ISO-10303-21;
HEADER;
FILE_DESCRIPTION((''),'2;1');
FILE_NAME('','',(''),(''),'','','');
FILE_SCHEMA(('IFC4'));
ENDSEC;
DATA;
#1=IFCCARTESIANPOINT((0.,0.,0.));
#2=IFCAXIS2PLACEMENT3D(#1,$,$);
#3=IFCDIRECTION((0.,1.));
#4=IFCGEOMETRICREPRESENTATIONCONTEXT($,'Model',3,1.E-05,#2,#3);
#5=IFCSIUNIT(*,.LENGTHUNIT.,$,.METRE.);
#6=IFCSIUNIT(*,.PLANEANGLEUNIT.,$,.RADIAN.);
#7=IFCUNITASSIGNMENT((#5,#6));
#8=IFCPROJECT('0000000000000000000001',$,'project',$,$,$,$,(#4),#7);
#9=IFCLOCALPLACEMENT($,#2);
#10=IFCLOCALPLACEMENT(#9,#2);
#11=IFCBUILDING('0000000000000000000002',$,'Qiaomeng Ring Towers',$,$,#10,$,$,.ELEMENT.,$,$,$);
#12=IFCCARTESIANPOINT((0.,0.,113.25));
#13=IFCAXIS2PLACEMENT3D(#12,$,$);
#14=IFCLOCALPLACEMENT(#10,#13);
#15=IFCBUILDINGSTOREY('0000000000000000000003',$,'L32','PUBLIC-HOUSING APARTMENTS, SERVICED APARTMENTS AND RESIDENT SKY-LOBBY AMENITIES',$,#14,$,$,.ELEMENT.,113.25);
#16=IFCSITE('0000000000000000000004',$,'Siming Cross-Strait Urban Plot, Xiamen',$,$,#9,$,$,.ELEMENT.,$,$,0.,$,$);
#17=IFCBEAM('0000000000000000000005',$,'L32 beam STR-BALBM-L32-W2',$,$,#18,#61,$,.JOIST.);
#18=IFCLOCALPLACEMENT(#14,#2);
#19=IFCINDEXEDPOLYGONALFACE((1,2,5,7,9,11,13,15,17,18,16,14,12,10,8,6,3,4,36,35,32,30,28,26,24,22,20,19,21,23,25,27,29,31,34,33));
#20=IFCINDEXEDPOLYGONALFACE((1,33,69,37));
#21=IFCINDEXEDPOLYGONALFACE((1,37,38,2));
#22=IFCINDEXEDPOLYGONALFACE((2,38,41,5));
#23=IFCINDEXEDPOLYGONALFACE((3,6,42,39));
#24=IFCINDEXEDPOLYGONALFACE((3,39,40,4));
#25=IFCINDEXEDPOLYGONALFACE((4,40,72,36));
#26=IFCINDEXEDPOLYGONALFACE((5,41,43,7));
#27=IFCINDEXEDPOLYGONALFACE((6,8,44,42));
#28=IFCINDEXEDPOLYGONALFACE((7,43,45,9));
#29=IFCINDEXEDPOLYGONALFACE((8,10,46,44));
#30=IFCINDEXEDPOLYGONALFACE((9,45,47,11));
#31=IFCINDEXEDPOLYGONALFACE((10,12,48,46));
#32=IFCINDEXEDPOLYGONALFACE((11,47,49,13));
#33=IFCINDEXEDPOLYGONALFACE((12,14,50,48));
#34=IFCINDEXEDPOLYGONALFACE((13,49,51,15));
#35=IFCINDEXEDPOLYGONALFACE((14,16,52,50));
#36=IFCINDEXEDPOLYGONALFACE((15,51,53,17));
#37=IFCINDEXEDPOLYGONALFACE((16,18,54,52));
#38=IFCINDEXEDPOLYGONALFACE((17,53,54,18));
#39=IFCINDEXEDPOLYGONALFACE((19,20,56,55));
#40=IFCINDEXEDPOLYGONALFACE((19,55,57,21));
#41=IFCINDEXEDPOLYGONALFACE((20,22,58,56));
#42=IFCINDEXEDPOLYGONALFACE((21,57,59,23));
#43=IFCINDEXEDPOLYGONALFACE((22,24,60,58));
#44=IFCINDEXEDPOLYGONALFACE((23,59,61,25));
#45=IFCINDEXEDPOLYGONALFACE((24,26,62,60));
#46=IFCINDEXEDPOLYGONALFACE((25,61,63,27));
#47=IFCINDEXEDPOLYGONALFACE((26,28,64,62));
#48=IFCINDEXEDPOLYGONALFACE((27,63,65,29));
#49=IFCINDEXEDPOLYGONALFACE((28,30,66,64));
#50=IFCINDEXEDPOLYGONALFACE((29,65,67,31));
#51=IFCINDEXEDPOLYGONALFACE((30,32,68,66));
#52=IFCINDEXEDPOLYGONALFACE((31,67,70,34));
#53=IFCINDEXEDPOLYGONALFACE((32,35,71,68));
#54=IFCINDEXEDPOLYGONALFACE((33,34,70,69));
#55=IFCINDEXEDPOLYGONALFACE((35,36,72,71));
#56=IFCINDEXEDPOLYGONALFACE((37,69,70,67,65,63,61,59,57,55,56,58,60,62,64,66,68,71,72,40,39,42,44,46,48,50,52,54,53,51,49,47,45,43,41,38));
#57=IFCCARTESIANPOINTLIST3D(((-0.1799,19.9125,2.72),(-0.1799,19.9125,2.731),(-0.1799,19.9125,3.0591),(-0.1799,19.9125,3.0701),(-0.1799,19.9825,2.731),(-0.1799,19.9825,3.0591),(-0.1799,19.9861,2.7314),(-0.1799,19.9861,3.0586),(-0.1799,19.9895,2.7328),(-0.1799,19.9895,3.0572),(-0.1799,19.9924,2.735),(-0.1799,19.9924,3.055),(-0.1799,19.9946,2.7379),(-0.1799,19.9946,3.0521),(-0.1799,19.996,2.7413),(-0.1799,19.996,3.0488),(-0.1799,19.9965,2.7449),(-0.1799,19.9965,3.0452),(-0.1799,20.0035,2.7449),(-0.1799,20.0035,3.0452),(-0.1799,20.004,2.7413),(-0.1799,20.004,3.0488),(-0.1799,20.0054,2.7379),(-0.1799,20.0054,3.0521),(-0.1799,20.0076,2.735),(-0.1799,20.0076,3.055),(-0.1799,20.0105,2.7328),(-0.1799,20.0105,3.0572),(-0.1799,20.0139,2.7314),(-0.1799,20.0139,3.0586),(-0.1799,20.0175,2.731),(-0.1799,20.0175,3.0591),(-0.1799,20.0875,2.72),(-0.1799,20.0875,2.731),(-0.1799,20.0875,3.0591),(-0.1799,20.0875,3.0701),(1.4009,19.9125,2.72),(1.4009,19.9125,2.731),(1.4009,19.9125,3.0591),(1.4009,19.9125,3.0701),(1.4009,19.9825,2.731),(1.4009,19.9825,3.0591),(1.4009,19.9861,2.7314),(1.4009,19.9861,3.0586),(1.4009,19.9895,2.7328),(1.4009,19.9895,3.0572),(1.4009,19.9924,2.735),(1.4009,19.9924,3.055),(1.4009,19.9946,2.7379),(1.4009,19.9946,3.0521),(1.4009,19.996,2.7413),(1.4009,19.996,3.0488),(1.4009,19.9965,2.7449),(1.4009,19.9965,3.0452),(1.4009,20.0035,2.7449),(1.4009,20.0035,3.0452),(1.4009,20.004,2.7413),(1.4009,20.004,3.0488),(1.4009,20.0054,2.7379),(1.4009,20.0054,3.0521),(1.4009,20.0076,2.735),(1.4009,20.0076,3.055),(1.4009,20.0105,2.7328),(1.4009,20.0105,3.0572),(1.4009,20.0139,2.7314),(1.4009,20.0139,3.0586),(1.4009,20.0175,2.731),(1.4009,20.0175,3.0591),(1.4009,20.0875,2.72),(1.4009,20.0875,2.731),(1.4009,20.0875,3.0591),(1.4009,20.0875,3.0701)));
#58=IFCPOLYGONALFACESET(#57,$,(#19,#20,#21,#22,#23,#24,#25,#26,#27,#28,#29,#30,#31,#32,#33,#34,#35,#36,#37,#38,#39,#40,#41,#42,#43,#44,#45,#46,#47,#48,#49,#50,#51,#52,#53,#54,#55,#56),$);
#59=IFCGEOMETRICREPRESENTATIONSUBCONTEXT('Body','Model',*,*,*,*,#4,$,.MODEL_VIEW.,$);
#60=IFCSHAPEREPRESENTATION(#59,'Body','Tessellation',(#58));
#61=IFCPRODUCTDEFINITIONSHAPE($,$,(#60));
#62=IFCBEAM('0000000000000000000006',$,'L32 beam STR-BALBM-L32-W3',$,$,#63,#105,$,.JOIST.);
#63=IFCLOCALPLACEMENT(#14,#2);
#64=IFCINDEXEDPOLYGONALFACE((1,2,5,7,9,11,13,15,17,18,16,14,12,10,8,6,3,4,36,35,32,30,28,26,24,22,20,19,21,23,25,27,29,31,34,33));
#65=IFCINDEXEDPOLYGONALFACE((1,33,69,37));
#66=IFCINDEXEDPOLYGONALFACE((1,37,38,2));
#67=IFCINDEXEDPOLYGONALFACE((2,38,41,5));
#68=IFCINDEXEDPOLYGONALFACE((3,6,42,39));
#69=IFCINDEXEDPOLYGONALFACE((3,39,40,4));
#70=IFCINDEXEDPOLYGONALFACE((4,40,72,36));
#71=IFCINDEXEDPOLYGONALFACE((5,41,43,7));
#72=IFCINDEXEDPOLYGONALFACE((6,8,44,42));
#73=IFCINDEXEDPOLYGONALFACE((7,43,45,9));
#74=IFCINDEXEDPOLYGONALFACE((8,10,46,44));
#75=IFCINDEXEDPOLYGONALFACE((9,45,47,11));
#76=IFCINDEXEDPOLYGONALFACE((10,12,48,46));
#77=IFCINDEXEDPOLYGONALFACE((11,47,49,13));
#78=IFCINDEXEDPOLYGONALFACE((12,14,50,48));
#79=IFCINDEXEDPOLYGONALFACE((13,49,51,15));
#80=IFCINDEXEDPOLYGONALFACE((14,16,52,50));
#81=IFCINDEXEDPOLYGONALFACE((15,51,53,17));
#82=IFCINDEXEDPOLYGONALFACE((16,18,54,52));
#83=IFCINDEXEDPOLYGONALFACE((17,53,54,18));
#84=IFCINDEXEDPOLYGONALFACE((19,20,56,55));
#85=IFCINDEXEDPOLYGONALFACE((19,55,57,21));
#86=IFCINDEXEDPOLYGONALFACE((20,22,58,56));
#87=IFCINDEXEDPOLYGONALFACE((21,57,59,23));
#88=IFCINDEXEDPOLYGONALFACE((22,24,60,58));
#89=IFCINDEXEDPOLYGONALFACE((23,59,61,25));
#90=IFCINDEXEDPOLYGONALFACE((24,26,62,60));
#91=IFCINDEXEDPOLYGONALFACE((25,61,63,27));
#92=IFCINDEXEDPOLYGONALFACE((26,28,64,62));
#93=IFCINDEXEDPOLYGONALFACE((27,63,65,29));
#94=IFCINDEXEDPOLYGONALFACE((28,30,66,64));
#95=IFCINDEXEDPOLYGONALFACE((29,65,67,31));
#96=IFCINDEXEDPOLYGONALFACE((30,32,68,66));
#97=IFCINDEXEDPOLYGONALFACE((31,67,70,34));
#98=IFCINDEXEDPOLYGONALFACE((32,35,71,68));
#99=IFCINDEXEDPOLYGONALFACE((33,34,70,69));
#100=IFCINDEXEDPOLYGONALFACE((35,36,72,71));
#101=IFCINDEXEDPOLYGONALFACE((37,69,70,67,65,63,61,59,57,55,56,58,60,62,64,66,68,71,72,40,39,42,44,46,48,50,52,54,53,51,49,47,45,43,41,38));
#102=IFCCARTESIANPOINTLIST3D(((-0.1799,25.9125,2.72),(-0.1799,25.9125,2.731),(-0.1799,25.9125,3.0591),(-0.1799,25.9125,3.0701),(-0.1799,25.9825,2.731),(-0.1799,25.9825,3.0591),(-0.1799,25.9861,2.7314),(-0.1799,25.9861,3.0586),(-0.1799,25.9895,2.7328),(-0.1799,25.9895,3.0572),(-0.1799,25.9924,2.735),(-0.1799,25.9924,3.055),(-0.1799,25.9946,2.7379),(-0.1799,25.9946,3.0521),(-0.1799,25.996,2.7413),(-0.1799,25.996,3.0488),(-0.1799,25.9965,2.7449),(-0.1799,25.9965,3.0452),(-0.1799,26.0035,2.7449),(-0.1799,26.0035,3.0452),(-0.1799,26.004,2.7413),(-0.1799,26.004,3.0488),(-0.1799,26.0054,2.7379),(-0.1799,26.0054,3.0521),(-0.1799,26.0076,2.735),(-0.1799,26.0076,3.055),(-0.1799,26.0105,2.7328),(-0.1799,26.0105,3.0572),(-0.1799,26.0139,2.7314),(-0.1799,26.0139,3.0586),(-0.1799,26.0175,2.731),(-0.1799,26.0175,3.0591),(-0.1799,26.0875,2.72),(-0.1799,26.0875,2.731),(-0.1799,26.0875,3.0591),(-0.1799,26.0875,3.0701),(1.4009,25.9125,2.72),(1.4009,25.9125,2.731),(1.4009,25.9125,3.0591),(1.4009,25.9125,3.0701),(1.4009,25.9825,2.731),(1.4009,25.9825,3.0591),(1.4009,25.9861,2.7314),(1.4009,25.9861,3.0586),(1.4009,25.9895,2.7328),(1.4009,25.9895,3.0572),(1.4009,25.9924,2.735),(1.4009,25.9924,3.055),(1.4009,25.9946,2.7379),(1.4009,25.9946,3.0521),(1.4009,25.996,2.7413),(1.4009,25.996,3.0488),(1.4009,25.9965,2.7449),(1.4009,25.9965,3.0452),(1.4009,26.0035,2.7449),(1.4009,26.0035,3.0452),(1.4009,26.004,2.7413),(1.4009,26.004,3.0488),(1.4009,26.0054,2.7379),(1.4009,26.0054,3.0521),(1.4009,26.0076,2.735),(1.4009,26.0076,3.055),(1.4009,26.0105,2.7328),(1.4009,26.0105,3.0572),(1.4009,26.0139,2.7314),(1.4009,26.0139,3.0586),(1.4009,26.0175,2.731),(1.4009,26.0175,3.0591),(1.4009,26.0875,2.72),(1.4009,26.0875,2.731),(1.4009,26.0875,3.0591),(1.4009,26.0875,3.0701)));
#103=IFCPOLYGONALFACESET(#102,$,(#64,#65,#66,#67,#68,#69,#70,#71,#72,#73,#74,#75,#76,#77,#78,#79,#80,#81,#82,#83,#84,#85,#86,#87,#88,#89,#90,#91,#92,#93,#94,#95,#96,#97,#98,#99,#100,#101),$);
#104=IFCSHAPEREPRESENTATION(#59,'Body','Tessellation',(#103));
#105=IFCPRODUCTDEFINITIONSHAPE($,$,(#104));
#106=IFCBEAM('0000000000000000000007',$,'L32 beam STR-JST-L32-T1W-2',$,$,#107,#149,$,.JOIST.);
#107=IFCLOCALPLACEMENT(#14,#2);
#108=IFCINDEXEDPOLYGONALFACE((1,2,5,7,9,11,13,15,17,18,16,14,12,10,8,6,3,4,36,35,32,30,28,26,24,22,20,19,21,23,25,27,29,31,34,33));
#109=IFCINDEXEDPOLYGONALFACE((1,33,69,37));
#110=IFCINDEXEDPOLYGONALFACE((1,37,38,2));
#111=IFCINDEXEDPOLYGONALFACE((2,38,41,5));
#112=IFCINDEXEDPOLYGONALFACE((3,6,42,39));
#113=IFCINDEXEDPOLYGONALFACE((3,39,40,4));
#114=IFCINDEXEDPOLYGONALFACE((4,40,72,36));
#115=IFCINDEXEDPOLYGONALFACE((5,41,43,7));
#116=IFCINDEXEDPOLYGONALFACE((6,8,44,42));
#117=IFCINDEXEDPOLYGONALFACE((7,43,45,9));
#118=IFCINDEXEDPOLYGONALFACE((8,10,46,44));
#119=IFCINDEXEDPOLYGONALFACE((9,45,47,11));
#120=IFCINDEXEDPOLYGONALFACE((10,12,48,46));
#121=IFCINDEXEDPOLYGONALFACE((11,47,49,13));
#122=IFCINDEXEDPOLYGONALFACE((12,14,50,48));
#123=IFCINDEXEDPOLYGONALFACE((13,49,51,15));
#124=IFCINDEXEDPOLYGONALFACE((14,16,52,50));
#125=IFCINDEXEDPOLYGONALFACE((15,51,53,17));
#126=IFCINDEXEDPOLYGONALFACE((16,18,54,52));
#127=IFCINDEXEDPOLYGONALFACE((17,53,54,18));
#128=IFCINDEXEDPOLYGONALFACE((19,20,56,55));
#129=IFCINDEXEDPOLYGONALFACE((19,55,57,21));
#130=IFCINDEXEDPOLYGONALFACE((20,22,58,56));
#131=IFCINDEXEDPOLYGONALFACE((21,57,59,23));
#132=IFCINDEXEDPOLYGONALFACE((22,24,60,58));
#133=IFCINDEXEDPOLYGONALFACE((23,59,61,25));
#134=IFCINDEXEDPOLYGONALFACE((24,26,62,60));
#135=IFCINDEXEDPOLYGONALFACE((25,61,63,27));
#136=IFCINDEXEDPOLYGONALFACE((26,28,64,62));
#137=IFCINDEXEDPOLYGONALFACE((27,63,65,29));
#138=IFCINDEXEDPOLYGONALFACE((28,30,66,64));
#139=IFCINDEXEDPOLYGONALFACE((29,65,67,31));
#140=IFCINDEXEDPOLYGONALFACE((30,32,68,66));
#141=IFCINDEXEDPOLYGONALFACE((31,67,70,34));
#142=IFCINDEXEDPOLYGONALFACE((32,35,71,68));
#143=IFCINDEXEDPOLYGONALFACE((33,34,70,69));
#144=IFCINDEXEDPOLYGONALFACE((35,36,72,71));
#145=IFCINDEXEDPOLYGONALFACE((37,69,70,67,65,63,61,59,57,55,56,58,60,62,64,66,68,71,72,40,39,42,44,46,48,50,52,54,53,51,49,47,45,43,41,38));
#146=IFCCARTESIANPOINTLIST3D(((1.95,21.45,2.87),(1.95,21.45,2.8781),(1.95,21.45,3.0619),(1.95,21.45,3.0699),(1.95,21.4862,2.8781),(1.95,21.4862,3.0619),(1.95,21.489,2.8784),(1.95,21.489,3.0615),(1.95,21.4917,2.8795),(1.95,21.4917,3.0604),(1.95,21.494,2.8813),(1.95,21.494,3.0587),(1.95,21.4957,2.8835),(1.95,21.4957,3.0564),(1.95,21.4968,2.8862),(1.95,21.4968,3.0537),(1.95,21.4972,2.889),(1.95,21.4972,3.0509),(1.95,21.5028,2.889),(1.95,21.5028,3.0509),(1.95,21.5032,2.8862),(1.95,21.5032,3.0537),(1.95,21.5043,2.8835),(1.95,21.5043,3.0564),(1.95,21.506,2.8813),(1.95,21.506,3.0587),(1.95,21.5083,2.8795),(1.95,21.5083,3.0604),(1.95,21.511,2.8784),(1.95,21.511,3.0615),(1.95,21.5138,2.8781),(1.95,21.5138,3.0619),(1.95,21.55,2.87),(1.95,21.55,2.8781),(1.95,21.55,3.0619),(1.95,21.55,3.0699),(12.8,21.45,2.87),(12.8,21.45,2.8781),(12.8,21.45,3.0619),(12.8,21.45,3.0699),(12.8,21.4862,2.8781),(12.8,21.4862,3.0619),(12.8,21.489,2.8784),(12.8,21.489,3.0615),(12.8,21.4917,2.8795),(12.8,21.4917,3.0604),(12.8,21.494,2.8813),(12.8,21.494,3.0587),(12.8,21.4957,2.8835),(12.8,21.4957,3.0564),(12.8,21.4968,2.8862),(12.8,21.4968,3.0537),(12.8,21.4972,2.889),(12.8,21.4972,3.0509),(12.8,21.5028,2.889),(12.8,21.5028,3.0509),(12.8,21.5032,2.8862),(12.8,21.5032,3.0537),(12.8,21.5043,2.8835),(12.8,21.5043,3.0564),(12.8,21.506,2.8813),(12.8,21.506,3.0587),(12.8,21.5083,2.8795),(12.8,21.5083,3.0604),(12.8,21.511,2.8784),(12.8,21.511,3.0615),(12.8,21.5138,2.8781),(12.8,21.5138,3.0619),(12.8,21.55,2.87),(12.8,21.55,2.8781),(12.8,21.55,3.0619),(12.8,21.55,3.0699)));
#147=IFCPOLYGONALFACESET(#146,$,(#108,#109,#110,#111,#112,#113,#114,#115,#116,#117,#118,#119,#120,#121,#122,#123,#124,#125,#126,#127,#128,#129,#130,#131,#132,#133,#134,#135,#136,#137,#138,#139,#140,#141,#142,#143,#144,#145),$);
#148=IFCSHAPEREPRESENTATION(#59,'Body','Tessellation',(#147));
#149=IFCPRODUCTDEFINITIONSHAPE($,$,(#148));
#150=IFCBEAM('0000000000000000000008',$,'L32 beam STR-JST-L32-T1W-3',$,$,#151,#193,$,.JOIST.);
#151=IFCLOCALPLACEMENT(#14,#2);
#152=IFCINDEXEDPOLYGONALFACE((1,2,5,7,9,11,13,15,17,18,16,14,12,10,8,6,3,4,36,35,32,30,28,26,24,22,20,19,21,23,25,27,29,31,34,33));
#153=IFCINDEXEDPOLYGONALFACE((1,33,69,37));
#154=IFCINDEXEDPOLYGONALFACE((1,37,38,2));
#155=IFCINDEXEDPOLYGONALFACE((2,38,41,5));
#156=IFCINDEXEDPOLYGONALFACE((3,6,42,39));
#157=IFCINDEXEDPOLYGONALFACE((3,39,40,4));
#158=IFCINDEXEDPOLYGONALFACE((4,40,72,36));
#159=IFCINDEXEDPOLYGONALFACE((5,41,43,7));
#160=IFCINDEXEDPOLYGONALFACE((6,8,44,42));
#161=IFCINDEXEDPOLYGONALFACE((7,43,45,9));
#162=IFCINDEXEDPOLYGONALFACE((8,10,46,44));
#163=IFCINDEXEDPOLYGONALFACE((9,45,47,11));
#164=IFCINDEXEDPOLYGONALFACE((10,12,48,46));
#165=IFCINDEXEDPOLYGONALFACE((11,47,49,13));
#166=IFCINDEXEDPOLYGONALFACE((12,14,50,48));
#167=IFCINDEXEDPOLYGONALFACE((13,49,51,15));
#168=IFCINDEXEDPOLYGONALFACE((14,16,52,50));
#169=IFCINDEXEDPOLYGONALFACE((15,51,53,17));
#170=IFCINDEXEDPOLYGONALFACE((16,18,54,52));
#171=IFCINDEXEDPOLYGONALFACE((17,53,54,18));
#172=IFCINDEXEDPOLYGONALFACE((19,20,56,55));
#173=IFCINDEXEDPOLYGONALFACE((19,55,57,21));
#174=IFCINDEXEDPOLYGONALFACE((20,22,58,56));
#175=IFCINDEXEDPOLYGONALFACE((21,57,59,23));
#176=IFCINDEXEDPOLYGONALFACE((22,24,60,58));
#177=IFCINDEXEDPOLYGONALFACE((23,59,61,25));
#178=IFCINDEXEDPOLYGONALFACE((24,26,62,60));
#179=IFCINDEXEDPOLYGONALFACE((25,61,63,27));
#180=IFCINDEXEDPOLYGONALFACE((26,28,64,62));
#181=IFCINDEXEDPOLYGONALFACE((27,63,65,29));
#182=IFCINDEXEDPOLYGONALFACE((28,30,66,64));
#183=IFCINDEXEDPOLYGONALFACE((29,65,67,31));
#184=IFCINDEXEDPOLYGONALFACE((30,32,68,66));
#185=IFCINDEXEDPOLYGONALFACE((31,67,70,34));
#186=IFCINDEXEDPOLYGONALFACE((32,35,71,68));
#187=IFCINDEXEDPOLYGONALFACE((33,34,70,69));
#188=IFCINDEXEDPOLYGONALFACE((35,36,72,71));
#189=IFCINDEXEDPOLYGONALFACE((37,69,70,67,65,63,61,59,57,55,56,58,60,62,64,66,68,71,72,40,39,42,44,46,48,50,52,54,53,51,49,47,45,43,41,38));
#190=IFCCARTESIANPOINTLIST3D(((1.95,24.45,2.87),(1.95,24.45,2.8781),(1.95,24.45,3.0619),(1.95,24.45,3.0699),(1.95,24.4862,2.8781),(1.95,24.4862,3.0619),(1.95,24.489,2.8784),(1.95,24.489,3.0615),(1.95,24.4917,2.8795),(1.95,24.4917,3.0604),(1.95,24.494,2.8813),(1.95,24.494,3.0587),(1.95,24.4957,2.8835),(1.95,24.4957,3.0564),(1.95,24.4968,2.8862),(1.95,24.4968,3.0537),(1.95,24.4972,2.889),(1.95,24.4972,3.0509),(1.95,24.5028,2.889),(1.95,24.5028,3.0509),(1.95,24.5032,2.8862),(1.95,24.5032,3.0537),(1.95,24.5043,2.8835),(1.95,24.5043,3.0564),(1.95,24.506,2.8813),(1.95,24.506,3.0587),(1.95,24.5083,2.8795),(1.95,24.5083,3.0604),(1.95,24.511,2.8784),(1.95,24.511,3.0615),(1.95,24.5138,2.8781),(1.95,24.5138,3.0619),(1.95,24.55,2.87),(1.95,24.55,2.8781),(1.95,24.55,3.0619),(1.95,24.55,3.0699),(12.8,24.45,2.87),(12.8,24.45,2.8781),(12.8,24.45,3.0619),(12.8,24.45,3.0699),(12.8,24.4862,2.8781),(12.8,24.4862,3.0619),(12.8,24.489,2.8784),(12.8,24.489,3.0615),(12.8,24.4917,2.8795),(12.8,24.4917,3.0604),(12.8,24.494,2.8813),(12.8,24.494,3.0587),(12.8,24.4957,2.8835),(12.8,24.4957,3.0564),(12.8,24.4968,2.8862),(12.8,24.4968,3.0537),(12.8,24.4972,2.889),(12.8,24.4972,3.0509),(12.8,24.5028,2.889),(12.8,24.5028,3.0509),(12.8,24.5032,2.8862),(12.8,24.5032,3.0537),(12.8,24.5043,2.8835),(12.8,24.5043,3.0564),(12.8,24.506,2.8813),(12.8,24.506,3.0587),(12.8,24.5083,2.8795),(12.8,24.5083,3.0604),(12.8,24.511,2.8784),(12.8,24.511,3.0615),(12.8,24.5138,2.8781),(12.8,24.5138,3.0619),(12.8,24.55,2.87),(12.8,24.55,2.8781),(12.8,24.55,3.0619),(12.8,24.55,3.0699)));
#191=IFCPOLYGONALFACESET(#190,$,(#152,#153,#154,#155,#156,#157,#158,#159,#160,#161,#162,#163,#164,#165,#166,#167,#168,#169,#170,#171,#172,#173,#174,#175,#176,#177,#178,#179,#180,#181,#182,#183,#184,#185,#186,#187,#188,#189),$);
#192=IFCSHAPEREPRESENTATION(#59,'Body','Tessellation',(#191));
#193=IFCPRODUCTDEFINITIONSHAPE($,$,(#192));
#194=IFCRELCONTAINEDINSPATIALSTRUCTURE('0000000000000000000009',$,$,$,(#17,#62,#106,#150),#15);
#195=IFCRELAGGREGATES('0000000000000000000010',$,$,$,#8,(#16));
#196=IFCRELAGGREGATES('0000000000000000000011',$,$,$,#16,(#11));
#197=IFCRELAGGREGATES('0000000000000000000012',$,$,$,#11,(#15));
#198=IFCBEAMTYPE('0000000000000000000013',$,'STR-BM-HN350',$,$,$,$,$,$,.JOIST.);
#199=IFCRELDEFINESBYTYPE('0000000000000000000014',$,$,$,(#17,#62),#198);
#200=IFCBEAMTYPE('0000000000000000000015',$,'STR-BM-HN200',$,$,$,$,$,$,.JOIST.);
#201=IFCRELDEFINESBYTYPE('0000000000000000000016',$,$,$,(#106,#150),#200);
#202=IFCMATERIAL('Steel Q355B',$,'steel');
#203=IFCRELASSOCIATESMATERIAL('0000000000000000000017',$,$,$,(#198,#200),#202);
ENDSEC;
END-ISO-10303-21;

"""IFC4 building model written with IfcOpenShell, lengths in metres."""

from ifc_helpers import new_model, si_unit, direction, frame, origin, origin_2d, place, context, subcontext, project, spatial, i_section, extrude, source, transform, mapped, material, material_profile, profile_set, type_object, element, save


model = new_model("IFC4")

# Units and contexts
model_context = context("Model", 3, precision=1e-05, world=origin(), true_north=direction((0.0, 1.0)))
body_context = subcontext(model_context, "Body", "Model", "MODEL_VIEW")
ifc_project = project(units=[si_unit("LENGTHUNIT", "METRE"), si_unit("PLANEANGLEUNIT", "RADIAN")], contexts=[model_context])

# Site, building, storey
site_placement = place(None, origin())
site = spatial("IfcSite", under=ifc_project, at=site_placement, Name="Siming Cross-Strait Urban Plot, Xiamen", CompositionType="ELEMENT", RefElevation=0.0)
building_placement = place(site_placement, origin())
building = spatial("IfcBuilding", under=site, at=building_placement, Name="Qiaomeng Ring Towers", CompositionType="ELEMENT")
storey_placement = place(building_placement, frame((0.0, 0.0, 113.25)))
storey = spatial("IfcBuildingStorey", under=building, at=storey_placement, Name="L32", Description="PUBLIC-HOUSING APARTMENTS, SERVICED APARTMENTS AND RESIDENT SKY-LOBBY AMENITIES", CompositionType="ELEMENT", Elevation=113.25)

# Beams
ifc_material_1 = material(Name="Steel Q355B", Category="steel")
ifc_material_profile_1 = material_profile(ifc_material_1, i_section(OverallWidth=0.175, OverallDepth=0.3501, WebThickness=0.0071, FlangeThickness=0.011, FilletRadius=0.0139, at=origin_2d()), Name="HN 350x175x7x11")
ifc_profile_set_1 = profile_set([ifc_material_profile_1], Name="Steel Q355B")
beam_type_1 = type_object("IfcBeamType", Name="STR-BM-HN350", PredefinedType="JOIST", material=ifc_profile_set_1)
shared_shape_1 = source(origin(), body_context, "Body", "SweptSolid", [
    extrude(i_section(OverallWidth=0.175, OverallDepth=0.3501, WebThickness=0.0071, FlangeThickness=0.011, FilletRadius=0.0139, at=origin_2d()), origin(), (0.0, 0.0, 1.0), 1.5808),
])
for number, where, z_axis, x_axis, name in (
    (1, (-0.1799, 20.0, 2.895), (1.0, 0.0, 0.0), (0.0, 1.0, 0.0), "L32 beam STR-BALBM-L32-W2"),
    (2, (-0.1799, 26.0, 2.895), (1.0, 0.0, 0.0), (0.0, 1.0, 0.0), "L32 beam STR-BALBM-L32-W3"),
):
    element("IfcBeam", number, at=place(storey_placement, frame(where, z_axis=z_axis, x_axis=x_axis)), inside=storey, type_object=beam_type_1, Name=name, PredefinedType="JOIST", context=body_context, shape_type="MappedRepresentation", body=[
        mapped(shared_shape_1, transform((0.0, 0.0, 0.0), x_axis=(1.0, 0.0, 0.0), y_axis=(0.0, 1.0, 0.0), z_axis=(0.0, 0.0, 1.0), scale=1.0)),
    ])
ifc_material_profile_2 = material_profile(ifc_material_1, i_section(OverallWidth=0.1001, OverallDepth=0.2, WebThickness=0.0056, FlangeThickness=0.0081, FilletRadius=0.011, at=origin_2d()), Name="HN 200x100x5.5x8")
ifc_profile_set_2 = profile_set([ifc_material_profile_2], Name="Steel Q355B")
beam_type_2 = type_object("IfcBeamType", Name="STR-BM-HN200", PredefinedType="JOIST", material=ifc_profile_set_2)
shared_shape_2 = source(origin(), body_context, "Body", "SweptSolid", [
    extrude(i_section(OverallWidth=0.1001, OverallDepth=0.2, WebThickness=0.0056, FlangeThickness=0.0081, FilletRadius=0.011, at=origin_2d()), origin(), (0.0, 0.0, 1.0), 10.8501),
])
for number, where, z_axis, x_axis, name in (
    (3, (1.95, 21.5, 2.97), (1.0, 0.0, 0.0), (0.0, 1.0, 0.0), "L32 beam STR-JST-L32-T1W-2"),
    (4, (1.95, 24.5, 2.97), (1.0, 0.0, 0.0), (0.0, 1.0, 0.0), "L32 beam STR-JST-L32-T1W-3"),
):
    element("IfcBeam", number, at=place(storey_placement, frame(where, z_axis=z_axis, x_axis=x_axis)), inside=storey, type_object=beam_type_2, Name=name, PredefinedType="JOIST", context=body_context, shape_type="MappedRepresentation", body=[
        mapped(shared_shape_2, transform((0.0, 0.0, 0.0), x_axis=(1.0, 0.0, 0.0), y_axis=(0.0, 1.0, 0.0), z_axis=(0.0, 0.0, 1.0), scale=1.0)),
    ])

save(model, "model.ifc")
